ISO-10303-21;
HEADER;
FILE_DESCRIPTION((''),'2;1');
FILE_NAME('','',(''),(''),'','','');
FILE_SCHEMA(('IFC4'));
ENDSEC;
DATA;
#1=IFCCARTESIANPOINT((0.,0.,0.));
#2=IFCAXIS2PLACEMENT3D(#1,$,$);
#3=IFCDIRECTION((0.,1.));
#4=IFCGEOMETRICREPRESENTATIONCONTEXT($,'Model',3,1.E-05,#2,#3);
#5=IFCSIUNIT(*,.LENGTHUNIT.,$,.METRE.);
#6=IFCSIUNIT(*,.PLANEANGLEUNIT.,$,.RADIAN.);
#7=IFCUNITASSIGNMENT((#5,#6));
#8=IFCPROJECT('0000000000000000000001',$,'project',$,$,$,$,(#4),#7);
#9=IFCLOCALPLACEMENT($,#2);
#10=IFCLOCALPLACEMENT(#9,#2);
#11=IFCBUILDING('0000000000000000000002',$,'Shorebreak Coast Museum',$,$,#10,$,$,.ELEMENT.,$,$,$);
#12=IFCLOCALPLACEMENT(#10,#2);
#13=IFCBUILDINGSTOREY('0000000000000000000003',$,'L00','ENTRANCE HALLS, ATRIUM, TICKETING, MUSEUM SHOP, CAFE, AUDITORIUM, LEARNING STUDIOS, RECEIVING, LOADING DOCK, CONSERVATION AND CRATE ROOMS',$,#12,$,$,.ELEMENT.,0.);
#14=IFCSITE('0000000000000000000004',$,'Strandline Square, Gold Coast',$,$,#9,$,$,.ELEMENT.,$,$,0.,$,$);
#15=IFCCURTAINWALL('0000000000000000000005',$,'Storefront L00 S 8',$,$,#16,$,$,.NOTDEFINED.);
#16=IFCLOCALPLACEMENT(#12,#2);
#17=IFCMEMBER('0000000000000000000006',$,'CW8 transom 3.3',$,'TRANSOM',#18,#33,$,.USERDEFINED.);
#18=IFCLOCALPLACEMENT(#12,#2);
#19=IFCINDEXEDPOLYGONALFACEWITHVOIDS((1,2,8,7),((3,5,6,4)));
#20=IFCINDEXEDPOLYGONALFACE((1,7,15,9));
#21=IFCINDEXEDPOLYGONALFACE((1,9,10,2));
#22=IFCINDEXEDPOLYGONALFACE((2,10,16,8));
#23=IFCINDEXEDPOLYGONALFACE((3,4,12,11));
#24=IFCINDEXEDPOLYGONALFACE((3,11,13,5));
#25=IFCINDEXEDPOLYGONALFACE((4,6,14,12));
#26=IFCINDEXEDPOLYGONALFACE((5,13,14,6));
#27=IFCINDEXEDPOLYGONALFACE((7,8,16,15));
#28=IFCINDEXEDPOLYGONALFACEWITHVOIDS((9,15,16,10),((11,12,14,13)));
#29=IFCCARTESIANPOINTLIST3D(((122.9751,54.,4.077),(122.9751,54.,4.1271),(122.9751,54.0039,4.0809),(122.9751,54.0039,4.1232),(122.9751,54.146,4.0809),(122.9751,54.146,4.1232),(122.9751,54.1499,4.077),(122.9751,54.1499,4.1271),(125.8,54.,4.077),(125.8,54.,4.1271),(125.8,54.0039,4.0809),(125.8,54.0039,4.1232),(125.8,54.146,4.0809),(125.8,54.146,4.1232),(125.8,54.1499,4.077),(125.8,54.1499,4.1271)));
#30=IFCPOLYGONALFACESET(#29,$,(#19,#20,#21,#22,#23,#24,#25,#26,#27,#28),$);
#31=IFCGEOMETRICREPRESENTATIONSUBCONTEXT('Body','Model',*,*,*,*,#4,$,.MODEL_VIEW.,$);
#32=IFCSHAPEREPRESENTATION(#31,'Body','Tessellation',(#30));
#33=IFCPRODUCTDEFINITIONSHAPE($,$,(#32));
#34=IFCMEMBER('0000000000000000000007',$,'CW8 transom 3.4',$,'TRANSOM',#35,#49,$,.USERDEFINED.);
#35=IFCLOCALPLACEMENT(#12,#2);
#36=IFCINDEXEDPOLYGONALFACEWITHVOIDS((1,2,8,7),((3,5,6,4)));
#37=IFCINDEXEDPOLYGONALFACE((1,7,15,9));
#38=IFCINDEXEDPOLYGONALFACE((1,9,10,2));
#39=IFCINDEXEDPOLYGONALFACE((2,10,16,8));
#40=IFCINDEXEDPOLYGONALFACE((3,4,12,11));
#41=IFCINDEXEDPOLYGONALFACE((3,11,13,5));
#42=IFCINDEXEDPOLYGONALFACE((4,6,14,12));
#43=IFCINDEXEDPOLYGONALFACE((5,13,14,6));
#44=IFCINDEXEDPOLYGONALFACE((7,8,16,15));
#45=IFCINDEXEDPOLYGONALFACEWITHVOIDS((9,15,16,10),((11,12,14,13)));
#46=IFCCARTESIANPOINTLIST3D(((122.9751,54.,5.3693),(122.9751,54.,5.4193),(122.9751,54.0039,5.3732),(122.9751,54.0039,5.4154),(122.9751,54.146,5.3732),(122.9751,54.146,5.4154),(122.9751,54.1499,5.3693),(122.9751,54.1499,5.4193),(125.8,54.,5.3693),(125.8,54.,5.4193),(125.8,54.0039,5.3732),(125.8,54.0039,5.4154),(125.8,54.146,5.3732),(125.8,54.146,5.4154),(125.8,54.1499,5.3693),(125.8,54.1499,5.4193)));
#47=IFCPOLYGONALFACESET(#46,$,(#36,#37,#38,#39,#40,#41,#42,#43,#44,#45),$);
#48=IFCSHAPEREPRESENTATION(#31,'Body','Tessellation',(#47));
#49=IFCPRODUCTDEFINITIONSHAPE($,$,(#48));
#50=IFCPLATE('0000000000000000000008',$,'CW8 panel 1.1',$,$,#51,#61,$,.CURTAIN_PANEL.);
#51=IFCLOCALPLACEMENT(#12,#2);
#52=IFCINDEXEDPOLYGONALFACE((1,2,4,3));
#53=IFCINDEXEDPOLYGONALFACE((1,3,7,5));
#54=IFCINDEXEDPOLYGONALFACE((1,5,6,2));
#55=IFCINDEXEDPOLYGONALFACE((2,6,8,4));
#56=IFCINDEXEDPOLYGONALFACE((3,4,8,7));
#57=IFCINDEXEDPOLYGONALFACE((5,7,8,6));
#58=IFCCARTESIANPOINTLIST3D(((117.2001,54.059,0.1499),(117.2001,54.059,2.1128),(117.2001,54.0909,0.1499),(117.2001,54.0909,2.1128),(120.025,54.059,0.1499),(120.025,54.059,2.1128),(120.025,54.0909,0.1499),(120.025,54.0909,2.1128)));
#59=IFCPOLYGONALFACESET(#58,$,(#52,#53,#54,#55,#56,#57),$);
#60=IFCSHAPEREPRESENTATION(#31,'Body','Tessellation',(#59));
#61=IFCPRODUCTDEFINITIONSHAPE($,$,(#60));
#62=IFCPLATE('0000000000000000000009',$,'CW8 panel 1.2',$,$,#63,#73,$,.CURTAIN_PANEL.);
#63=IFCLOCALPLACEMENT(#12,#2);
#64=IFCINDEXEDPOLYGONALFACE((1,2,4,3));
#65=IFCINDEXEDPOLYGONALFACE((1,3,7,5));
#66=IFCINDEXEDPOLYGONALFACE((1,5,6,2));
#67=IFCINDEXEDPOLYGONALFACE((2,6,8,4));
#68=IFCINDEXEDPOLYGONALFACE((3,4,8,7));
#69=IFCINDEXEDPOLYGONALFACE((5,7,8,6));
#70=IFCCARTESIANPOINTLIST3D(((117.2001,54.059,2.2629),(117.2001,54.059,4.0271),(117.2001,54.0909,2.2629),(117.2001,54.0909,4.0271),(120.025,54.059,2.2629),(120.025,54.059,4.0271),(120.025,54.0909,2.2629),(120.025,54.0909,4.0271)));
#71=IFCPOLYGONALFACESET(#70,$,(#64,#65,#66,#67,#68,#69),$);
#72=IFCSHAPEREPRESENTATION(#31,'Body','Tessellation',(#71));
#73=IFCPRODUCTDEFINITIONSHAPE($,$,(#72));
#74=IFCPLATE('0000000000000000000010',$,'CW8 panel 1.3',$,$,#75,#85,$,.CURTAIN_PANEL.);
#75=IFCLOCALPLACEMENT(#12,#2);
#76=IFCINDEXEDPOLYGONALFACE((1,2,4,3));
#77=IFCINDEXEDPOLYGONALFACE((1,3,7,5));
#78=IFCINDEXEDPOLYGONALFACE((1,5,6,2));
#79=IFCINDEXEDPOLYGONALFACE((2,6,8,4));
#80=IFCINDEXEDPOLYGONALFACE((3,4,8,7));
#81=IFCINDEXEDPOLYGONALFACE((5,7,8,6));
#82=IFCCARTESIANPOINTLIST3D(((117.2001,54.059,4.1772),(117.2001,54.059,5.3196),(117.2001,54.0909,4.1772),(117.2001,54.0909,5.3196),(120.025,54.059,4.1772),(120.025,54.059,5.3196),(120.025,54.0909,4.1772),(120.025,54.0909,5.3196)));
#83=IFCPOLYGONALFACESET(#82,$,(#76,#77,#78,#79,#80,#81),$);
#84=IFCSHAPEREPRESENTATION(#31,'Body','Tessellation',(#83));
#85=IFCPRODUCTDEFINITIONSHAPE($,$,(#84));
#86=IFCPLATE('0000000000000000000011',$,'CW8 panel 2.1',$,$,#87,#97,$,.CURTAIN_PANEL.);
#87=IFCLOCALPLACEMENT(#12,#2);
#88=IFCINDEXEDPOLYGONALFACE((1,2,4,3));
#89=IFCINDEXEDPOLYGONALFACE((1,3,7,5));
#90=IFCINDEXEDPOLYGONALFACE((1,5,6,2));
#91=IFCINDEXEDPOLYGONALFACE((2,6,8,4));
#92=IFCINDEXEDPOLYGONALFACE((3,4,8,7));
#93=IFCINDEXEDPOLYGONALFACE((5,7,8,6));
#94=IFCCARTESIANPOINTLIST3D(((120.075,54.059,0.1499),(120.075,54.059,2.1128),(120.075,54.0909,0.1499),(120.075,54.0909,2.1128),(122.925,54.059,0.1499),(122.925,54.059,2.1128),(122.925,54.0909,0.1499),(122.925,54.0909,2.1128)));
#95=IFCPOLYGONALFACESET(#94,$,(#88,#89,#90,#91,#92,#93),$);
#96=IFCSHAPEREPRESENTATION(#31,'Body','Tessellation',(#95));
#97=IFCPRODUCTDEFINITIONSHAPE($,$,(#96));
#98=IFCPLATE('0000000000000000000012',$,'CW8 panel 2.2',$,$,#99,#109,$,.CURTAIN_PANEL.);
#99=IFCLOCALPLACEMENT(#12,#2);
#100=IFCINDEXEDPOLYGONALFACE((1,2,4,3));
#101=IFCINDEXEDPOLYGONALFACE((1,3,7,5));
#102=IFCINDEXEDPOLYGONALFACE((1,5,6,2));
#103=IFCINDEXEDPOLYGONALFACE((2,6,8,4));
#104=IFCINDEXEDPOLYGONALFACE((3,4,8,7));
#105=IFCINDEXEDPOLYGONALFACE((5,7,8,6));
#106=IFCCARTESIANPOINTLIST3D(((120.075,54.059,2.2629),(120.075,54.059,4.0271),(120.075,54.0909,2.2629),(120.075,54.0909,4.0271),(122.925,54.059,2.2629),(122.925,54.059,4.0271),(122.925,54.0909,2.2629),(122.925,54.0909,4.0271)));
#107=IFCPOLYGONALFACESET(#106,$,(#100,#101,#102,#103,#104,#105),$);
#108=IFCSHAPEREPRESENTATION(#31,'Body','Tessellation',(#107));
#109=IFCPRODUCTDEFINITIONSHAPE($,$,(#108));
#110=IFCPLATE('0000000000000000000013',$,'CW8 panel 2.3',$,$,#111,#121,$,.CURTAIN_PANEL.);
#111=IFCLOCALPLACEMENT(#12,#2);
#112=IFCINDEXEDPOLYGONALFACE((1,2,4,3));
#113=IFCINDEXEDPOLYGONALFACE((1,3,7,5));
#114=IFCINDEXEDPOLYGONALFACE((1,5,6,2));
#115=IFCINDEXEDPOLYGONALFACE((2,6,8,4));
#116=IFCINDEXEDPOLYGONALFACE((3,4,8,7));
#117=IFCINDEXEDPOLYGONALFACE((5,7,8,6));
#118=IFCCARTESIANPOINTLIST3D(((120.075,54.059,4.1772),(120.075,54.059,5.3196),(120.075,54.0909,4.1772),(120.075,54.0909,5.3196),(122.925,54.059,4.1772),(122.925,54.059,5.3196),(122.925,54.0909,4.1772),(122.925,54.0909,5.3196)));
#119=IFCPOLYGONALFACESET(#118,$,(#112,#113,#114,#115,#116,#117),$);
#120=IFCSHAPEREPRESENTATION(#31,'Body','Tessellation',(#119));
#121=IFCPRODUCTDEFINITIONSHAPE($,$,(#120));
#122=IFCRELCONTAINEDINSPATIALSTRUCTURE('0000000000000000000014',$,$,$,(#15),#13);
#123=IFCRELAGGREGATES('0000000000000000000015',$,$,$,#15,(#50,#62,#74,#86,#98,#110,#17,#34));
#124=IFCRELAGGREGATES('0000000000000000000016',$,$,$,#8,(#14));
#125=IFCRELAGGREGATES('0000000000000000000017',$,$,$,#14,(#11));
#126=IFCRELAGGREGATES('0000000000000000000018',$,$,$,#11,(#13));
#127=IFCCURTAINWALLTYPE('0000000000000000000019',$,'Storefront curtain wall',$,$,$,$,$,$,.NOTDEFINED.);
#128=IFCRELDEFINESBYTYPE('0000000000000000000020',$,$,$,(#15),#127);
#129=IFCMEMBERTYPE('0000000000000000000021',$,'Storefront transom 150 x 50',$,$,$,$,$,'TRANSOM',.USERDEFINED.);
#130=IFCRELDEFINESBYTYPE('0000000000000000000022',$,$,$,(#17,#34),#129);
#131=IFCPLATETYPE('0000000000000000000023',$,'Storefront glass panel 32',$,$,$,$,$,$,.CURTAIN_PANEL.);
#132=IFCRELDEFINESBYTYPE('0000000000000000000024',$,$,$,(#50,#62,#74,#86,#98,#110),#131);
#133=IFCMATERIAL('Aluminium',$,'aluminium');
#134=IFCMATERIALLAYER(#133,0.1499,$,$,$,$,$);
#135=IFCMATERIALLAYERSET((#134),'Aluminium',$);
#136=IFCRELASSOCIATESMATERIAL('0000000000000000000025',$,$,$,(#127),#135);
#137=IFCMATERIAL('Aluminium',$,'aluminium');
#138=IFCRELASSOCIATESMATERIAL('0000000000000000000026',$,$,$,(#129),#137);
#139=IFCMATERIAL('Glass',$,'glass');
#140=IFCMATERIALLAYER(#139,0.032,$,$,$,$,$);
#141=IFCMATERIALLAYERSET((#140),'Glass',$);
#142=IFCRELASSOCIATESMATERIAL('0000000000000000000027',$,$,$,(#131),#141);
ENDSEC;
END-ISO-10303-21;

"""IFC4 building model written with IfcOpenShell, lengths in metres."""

from ifc_helpers import new_model, si_unit, direction, frame, origin, origin_2d, place, context, subcontext, project, spatial, rectangle, hollow_rectangle, extrude, material, layer, layer_set, material_profile, profile_set, type_object, element, aggregate, save


model = new_model("IFC4")

# Units and contexts
model_context = context("Model", 3, precision=1e-05, world=origin(), true_north=direction((0.0, 1.0)))
body_context = subcontext(model_context, "Body", "Model", "MODEL_VIEW")
ifc_project = project(units=[si_unit("LENGTHUNIT", "METRE"), si_unit("PLANEANGLEUNIT", "RADIAN")], contexts=[model_context])

# Site, building, storey
site_placement = place(None, origin())
site = spatial("IfcSite", under=ifc_project, at=site_placement, Name="Strandline Square, Gold Coast", CompositionType="ELEMENT", RefElevation=0.0)
building_placement = place(site_placement, origin())
building = spatial("IfcBuilding", under=site, at=building_placement, Name="Shorebreak Coast Museum", CompositionType="ELEMENT")
storey_placement = place(building_placement, origin())
storey = spatial("IfcBuildingStorey", under=building, at=storey_placement, Name="L00", Description="ENTRANCE HALLS, ATRIUM, TICKETING, MUSEUM SHOP, CAFE, AUDITORIUM, LEARNING STUDIOS, RECEIVING, LOADING DOCK, CONSERVATION AND CRATE ROOMS", CompositionType="ELEMENT", Elevation=0.0)

# Curtain wall, members, plates
ifc_material_1 = material(Name="Aluminium", Category="aluminium")
ifc_layer_1 = layer(ifc_material_1, 0.1499)
ifc_layer_set_1 = layer_set([ifc_layer_1], Name="Aluminium")
curtain_wall_type = type_object("IfcCurtainWallType", Name="Storefront curtain wall", PredefinedType="NOTDEFINED", material=ifc_layer_set_1)
curtain_wall_placement = place(storey_placement, origin())
curtain_wall = element("IfcCurtainWall", 1, at=curtain_wall_placement, inside=storey, type_object=curtain_wall_type, Name="Storefront L00 S 8", PredefinedType="NOTDEFINED")
ifc_material_2 = material(Name="Aluminium", Category="aluminium")
ifc_material_profile_1 = material_profile(ifc_material_2, hollow_rectangle(XDim=0.1499, YDim=0.05, WallThickness=0.0039, at=origin_2d()), Name="AL 50x150 RHS")
ifc_profile_set_1 = profile_set([ifc_material_profile_1], Name="Aluminium")
member_type_1 = type_object("IfcMemberType", Name="Storefront transom 150 x 50", ElementType="TRANSOM", PredefinedType="USERDEFINED", material=ifc_profile_set_1)
member_1_placement = place(storey_placement, frame((122.9751, 54.075, 4.1021), z_axis=(1.0, 0.0, 0.0), x_axis=(0.0, 1.0, 0.0)))
member_1 = element("IfcMember", 2, at=member_1_placement, type_object=member_type_1, Name="CW8 transom 3.3", ObjectType="TRANSOM", PredefinedType="USERDEFINED", context=body_context, shape_type="SweptSolid", body=[
    extrude(hollow_rectangle(XDim=0.1499, YDim=0.05, WallThickness=0.0039, at=origin_2d()), origin(), (0.0, 0.0, 1.0), 2.825),
])
member_2_placement = place(storey_placement, frame((122.9751, 54.075, 5.3943), z_axis=(1.0, 0.0, 0.0), x_axis=(0.0, 1.0, 0.0)))
member_2 = element("IfcMember", 3, at=member_2_placement, type_object=member_type_1, Name="CW8 transom 3.4", ObjectType="TRANSOM", PredefinedType="USERDEFINED", context=body_context, shape_type="SweptSolid", body=[
    extrude(hollow_rectangle(XDim=0.1499, YDim=0.05, WallThickness=0.0039, at=origin_2d()), origin(), (0.0, 0.0, 1.0), 2.825),
])
ifc_material_3 = material(Name="Glass", Category="glass")
ifc_layer_2 = layer(ifc_material_3, 0.032)
ifc_layer_set_2 = layer_set([ifc_layer_2], Name="Glass")
plate_type = type_object("IfcPlateType", Name="Storefront glass panel 32", PredefinedType="CURTAIN_PANEL", material=ifc_layer_set_2)
plate_1_placement = place(storey_placement, frame((118.6125, 54.075, 0.1499), z_axis=(0.0, 0.0, 1.0), x_axis=(1.0, 0.0, 0.0)))
plate_1 = element("IfcPlate", 4, at=plate_1_placement, type_object=plate_type, Name="CW8 panel 1.1", PredefinedType="CURTAIN_PANEL", context=body_context, shape_type="SweptSolid", body=[
    extrude(rectangle(XDim=2.825, YDim=0.032, at=origin_2d()), origin(), (0.0, 0.0, 1.0), 1.9629),
])
plate_2_placement = place(storey_placement, frame((118.6125, 54.075, 2.2629), z_axis=(0.0, 0.0, 1.0), x_axis=(1.0, 0.0, 0.0)))
plate_2 = element("IfcPlate", 5, at=plate_2_placement, type_object=plate_type, Name="CW8 panel 1.2", PredefinedType="CURTAIN_PANEL", context=body_context, shape_type="SweptSolid", body=[
    extrude(rectangle(XDim=2.825, YDim=0.032, at=origin_2d()), origin(), (0.0, 0.0, 1.0), 1.7642),
])
plate_3_placement = place(storey_placement, frame((118.6125, 54.075, 4.1772), z_axis=(0.0, 0.0, 1.0), x_axis=(1.0, 0.0, 0.0)))
plate_3 = element("IfcPlate", 6, at=plate_3_placement, type_object=plate_type, Name="CW8 panel 1.3", PredefinedType="CURTAIN_PANEL", context=body_context, shape_type="SweptSolid", body=[
    extrude(rectangle(XDim=2.825, YDim=0.032, at=origin_2d()), origin(), (0.0, 0.0, 1.0), 1.1423),
])
plate_4_placement = place(storey_placement, frame((121.5, 54.075, 0.1499), z_axis=(0.0, 0.0, 1.0), x_axis=(1.0, 0.0, 0.0)))
plate_4 = element("IfcPlate", 7, at=plate_4_placement, type_object=plate_type, Name="CW8 panel 2.1", PredefinedType="CURTAIN_PANEL", context=body_context, shape_type="SweptSolid", body=[
    extrude(rectangle(XDim=2.8501, YDim=0.032, at=origin_2d()), origin(), (0.0, 0.0, 1.0), 1.9629),
])
plate_5_placement = place(storey_placement, frame((121.5, 54.075, 2.2629), z_axis=(0.0, 0.0, 1.0), x_axis=(1.0, 0.0, 0.0)))
plate_5 = element("IfcPlate", 8, at=plate_5_placement, type_object=plate_type, Name="CW8 panel 2.2", PredefinedType="CURTAIN_PANEL", context=body_context, shape_type="SweptSolid", body=[
    extrude(rectangle(XDim=2.8501, YDim=0.032, at=origin_2d()), origin(), (0.0, 0.0, 1.0), 1.7642),
])
plate_6_placement = place(storey_placement, frame((121.5, 54.075, 4.1772), z_axis=(0.0, 0.0, 1.0), x_axis=(1.0, 0.0, 0.0)))
plate_6 = element("IfcPlate", 9, at=plate_6_placement, type_object=plate_type, Name="CW8 panel 2.3", PredefinedType="CURTAIN_PANEL", context=body_context, shape_type="SweptSolid", body=[
    extrude(rectangle(XDim=2.8501, YDim=0.032, at=origin_2d()), origin(), (0.0, 0.0, 1.0), 1.1423),
])
aggregate(curtain_wall, [plate_1, plate_2, plate_3, plate_4, plate_5, plate_6, member_1, member_2])

save(model, "model.ifc")
